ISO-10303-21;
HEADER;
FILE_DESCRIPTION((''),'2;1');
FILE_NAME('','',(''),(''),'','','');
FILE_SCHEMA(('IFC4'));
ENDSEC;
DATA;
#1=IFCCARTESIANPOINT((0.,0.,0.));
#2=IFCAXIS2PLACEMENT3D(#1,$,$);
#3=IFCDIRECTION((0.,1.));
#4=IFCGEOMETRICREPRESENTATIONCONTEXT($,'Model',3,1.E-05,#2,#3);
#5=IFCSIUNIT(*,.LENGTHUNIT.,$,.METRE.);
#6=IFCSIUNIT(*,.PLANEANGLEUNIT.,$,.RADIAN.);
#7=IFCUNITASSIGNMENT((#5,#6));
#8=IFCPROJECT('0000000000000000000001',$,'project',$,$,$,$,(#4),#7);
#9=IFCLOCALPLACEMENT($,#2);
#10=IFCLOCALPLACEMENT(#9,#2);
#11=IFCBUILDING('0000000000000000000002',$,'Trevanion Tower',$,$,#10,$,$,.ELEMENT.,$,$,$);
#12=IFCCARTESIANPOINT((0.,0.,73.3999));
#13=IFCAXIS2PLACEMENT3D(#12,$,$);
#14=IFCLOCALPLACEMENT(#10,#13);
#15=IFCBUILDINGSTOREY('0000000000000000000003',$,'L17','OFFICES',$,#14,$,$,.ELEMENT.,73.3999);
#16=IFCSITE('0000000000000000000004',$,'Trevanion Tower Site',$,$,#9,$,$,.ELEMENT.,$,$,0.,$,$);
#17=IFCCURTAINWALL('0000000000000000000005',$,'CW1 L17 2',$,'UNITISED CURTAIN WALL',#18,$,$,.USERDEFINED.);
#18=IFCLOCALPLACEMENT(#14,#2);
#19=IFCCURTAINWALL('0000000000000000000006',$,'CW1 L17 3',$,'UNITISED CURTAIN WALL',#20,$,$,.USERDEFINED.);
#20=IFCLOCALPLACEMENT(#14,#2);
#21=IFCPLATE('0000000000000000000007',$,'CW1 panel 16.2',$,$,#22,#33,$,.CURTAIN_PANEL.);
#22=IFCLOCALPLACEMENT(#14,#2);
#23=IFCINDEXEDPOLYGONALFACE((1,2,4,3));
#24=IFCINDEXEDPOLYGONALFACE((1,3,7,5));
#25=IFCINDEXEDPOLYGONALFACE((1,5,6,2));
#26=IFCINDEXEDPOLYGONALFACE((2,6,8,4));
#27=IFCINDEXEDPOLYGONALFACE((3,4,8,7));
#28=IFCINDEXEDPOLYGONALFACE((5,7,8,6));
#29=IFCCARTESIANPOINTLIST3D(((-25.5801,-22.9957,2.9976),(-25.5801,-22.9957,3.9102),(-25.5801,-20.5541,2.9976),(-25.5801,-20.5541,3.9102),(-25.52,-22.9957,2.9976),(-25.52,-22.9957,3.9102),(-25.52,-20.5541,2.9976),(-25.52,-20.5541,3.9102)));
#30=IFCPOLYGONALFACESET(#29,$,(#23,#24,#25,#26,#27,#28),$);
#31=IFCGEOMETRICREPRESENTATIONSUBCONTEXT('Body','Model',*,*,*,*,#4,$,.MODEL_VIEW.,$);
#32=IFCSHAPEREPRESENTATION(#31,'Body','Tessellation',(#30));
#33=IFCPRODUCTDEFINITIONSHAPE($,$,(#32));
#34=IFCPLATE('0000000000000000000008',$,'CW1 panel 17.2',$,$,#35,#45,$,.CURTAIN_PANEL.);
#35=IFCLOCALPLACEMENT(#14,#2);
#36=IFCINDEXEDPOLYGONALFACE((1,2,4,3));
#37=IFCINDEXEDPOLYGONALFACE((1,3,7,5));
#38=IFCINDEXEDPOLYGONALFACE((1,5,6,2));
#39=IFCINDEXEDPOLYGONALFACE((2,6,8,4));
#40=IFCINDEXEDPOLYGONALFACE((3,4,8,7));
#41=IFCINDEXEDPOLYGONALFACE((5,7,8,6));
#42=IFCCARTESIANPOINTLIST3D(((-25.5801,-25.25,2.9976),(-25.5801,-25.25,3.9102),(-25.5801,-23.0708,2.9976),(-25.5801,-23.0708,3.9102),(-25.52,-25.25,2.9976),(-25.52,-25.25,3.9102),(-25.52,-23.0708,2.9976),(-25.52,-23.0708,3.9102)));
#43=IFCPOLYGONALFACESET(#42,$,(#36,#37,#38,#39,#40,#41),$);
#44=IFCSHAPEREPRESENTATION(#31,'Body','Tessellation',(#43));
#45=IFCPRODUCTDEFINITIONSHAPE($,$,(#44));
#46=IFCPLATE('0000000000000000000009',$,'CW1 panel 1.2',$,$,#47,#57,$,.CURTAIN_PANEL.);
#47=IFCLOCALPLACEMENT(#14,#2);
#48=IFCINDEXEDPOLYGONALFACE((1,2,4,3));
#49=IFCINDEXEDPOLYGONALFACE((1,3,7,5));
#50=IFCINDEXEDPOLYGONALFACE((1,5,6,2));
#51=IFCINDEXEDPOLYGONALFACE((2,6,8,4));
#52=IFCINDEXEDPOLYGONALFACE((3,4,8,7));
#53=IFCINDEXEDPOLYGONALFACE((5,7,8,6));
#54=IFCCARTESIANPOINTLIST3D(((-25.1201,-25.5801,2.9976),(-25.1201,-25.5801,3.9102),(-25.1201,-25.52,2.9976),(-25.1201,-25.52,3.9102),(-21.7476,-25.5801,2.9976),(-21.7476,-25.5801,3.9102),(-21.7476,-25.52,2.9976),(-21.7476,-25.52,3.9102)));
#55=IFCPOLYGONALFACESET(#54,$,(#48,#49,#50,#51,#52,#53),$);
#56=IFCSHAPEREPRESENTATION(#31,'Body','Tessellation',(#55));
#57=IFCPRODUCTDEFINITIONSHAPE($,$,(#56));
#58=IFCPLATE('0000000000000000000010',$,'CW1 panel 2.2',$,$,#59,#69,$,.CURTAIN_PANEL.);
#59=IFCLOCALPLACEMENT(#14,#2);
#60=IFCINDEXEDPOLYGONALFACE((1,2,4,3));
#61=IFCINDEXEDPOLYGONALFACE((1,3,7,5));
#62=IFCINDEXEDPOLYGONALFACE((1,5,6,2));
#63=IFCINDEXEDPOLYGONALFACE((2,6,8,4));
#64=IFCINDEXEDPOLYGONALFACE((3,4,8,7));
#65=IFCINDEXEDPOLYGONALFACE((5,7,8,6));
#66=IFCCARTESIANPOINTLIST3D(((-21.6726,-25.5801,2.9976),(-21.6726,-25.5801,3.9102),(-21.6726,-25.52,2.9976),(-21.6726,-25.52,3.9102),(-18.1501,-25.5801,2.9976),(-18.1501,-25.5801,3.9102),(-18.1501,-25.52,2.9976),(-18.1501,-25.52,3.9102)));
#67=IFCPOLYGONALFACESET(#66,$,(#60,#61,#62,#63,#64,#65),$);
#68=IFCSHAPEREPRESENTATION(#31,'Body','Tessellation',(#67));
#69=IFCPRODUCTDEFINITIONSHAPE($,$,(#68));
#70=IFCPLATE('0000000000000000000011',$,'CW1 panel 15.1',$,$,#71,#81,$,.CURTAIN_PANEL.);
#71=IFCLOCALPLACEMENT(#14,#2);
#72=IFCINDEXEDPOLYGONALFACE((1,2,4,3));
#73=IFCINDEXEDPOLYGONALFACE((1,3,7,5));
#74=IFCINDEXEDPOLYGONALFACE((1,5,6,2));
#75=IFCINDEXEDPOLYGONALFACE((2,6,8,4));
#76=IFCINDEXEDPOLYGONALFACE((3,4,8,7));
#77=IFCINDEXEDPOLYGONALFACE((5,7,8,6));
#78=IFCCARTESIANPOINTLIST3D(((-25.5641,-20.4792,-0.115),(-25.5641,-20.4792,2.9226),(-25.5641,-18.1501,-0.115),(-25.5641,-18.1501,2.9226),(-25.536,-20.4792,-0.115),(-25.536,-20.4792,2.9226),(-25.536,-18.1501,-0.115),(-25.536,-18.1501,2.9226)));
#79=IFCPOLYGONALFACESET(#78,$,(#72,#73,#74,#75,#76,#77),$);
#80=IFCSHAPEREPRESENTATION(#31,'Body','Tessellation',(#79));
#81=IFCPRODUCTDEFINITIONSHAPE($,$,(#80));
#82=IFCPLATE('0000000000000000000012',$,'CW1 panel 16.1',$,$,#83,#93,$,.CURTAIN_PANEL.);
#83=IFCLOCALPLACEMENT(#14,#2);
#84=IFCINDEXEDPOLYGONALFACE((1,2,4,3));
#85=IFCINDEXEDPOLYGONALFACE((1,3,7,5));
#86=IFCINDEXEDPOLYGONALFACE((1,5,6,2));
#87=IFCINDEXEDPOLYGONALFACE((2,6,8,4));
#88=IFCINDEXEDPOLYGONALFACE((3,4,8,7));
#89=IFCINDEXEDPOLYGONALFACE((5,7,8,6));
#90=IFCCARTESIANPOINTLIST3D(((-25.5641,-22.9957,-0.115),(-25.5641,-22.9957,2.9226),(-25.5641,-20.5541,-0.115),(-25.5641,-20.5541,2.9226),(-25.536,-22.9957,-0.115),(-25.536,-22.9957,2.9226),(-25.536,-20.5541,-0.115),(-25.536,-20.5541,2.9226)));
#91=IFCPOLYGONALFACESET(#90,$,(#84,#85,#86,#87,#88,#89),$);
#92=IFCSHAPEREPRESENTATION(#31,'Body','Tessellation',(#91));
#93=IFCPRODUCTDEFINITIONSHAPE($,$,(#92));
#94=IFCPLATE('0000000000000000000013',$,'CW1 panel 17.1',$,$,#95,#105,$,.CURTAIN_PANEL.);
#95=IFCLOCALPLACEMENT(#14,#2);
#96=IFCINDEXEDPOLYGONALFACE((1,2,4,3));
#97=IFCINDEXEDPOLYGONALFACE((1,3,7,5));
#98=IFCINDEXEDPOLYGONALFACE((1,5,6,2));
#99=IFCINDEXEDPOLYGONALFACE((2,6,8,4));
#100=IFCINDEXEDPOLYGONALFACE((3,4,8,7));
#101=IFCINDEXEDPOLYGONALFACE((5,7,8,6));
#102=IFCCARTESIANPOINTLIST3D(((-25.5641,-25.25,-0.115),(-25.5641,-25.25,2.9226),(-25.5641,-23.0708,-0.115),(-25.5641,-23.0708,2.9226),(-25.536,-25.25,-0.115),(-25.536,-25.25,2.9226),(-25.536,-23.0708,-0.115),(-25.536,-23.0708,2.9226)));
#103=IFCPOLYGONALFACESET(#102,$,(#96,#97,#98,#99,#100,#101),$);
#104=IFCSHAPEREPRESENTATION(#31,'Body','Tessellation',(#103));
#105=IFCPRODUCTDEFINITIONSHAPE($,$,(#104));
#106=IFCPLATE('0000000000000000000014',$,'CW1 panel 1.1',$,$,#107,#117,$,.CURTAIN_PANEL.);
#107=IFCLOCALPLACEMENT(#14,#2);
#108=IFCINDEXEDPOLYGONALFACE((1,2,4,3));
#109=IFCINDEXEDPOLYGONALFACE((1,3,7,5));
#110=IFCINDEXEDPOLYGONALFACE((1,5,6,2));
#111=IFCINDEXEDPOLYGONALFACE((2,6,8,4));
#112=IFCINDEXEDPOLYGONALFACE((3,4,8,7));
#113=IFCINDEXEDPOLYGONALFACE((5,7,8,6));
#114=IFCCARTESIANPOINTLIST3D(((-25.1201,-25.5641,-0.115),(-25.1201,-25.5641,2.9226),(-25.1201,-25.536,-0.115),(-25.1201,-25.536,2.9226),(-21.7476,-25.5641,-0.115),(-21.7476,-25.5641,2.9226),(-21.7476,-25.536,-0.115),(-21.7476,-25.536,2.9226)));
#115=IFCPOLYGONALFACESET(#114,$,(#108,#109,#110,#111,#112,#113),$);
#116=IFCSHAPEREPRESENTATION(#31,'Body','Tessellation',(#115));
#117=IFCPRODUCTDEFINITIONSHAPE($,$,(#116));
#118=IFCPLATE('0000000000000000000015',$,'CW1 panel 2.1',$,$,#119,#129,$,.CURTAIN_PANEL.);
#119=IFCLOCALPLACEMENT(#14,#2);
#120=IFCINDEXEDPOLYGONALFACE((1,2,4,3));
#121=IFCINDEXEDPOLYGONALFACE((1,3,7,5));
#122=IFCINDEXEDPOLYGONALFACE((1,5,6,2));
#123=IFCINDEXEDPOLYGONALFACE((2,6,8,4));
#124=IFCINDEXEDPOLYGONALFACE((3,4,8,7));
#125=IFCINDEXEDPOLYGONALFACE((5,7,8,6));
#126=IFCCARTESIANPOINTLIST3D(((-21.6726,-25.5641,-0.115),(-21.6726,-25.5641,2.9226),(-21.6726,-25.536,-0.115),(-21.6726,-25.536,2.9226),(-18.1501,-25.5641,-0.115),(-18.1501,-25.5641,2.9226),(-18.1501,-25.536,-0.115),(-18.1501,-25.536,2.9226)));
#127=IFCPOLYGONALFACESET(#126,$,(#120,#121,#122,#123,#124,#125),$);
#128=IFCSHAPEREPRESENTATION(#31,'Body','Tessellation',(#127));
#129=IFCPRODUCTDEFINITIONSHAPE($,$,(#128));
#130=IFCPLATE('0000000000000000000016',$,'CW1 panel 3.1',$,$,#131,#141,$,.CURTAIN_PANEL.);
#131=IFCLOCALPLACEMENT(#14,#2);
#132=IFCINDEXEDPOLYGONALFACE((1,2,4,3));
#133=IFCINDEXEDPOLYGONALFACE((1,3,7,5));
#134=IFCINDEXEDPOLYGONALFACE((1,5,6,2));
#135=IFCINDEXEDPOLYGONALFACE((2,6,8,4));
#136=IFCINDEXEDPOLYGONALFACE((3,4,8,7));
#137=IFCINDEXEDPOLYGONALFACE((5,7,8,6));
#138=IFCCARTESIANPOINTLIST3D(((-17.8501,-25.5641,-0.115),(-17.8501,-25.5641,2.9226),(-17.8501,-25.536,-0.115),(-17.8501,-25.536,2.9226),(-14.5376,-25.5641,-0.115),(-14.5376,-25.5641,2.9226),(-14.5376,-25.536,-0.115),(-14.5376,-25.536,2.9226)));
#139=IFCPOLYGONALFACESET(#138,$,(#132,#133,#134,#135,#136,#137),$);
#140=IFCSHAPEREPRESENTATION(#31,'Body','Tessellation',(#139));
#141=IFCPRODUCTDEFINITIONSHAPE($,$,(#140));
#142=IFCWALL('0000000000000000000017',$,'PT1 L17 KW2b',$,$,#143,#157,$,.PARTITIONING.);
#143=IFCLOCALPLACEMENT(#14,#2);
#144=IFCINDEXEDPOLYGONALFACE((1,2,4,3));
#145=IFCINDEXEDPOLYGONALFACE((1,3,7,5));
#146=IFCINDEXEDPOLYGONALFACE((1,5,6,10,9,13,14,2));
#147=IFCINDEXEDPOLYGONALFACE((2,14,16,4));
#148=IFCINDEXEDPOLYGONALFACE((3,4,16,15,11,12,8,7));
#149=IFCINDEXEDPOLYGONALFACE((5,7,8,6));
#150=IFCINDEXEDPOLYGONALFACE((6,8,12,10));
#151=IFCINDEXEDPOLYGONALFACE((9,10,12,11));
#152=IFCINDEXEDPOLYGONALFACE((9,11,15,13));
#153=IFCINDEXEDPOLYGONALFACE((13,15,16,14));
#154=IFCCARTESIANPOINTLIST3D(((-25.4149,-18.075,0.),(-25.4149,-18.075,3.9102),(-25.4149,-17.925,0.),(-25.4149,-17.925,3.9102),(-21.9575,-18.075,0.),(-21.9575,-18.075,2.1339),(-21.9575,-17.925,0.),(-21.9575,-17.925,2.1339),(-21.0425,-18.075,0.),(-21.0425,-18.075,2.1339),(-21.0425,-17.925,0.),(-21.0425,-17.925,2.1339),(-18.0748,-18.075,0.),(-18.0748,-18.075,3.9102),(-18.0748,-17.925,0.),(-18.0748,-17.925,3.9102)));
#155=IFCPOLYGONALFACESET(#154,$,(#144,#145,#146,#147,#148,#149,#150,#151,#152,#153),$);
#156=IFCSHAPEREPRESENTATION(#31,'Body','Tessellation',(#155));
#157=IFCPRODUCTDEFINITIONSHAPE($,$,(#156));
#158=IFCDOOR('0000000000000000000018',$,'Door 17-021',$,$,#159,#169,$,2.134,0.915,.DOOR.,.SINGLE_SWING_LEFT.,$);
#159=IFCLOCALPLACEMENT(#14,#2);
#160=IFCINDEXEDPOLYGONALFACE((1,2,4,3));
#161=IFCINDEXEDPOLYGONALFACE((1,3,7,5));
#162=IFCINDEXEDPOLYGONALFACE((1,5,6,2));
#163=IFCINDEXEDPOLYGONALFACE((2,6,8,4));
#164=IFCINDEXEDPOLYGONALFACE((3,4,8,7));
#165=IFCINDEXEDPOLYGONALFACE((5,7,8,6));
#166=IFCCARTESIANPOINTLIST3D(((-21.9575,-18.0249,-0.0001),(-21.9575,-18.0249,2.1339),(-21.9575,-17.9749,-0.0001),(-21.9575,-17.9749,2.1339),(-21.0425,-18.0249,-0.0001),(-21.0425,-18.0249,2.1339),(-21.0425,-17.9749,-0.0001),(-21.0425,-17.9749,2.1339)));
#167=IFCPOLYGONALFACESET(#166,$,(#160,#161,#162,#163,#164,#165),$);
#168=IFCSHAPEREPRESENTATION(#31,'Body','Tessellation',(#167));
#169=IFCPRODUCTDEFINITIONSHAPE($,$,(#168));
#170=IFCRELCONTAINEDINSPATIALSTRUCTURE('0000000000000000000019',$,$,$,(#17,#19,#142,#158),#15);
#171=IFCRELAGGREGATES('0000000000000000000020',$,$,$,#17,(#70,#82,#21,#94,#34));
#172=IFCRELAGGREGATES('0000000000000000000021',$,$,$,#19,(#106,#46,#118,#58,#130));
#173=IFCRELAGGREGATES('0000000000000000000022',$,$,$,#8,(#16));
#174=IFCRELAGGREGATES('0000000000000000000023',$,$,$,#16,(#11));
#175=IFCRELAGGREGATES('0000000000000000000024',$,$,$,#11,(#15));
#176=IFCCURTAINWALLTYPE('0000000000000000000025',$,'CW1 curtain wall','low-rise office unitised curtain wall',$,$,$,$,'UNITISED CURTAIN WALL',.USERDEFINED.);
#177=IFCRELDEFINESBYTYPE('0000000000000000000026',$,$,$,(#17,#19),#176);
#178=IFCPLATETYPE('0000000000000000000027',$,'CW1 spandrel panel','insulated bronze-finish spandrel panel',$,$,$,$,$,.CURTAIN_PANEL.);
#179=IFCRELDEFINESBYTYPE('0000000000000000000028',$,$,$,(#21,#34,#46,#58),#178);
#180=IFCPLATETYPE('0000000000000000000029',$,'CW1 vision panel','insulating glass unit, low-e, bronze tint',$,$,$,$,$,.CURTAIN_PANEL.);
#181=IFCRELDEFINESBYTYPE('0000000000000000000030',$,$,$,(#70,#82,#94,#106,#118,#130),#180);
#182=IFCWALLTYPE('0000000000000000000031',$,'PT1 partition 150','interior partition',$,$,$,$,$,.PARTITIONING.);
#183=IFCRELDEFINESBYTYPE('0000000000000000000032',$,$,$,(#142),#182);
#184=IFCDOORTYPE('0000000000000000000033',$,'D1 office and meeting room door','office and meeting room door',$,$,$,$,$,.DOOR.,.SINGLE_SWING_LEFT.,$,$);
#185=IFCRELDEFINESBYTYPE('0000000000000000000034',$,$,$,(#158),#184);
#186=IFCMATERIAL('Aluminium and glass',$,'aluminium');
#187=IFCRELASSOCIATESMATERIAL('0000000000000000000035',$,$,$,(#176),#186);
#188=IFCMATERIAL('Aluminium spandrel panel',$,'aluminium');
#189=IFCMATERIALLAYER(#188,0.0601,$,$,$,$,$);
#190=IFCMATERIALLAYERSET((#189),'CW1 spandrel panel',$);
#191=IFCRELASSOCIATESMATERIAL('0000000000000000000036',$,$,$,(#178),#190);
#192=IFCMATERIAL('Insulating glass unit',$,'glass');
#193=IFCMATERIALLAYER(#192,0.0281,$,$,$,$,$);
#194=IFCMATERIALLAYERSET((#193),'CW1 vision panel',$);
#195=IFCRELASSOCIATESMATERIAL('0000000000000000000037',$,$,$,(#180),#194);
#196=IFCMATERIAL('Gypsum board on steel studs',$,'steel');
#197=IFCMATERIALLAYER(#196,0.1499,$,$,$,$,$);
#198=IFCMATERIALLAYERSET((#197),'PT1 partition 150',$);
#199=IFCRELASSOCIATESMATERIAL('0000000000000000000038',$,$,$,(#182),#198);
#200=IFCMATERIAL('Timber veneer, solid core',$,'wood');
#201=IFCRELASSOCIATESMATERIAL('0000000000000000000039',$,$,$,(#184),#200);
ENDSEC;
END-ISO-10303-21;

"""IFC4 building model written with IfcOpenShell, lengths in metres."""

from ifc_helpers import new_model, si_unit, direction, frame, frame_2d, origin, origin_2d, place, context, subcontext, project, spatial, rectangle, extrude, material, layer, layer_set, type_object, element, fill, aggregate, save


model = new_model("IFC4")

# Units and contexts
model_context = context("Model", 3, precision=1e-05, world=origin(), true_north=direction((0.0, 1.0)))
body_context = subcontext(model_context, "Body", "Model", "MODEL_VIEW")
ifc_project = project(units=[si_unit("LENGTHUNIT", "METRE"), si_unit("PLANEANGLEUNIT", "RADIAN")], contexts=[model_context])

# Site, building, storey
site_placement = place(None, origin())
site = spatial("IfcSite", under=ifc_project, at=site_placement, Name="Trevanion Tower Site", CompositionType="ELEMENT", RefElevation=0.0)
building_placement = place(site_placement, origin())
building = spatial("IfcBuilding", under=site, at=building_placement, Name="Trevanion Tower", CompositionType="ELEMENT")
storey_placement = place(building_placement, frame((0.0, 0.0, 73.3999)))
storey = spatial("IfcBuildingStorey", under=building, at=storey_placement, Name="L17", Description="OFFICES", CompositionType="ELEMENT", Elevation=73.3999)

# Curtain wall
ifc_material_1 = material(Name="Aluminium and glass", Category="aluminium")
curtain_wall_type = type_object("IfcCurtainWallType", Name="CW1 curtain wall", Description="low-rise office unitised curtain wall", ElementType="UNITISED CURTAIN WALL", PredefinedType="USERDEFINED", material=ifc_material_1)
curtain_wall_1_placement = place(storey_placement, origin())
curtain_wall_1 = element("IfcCurtainWall", 1, at=curtain_wall_1_placement, inside=storey, type_object=curtain_wall_type, Name="CW1 L17 2", ObjectType="UNITISED CURTAIN WALL", PredefinedType="USERDEFINED")

# Curtain wall
curtain_wall_2_placement = place(storey_placement, origin())
curtain_wall_2 = element("IfcCurtainWall", 2, at=curtain_wall_2_placement, inside=storey, type_object=curtain_wall_type, Name="CW1 L17 3", ObjectType="UNITISED CURTAIN WALL", PredefinedType="USERDEFINED")

# Plates
ifc_material_2 = material(Name="Aluminium spandrel panel", Category="aluminium")
ifc_layer_1 = layer(ifc_material_2, 0.0601)
ifc_layer_set_1 = layer_set([ifc_layer_1], Name="CW1 spandrel panel")
plate_type_1 = type_object("IfcPlateType", Name="CW1 spandrel panel", Description="insulated bronze-finish spandrel panel", PredefinedType="CURTAIN_PANEL", material=ifc_layer_set_1)
plate_1_placement = place(storey_placement, frame((-25.55, -21.7749, 2.9976), z_axis=(0.0, 0.0, 1.0), x_axis=(0.0, -1.0, 0.0)))
plate_1 = element("IfcPlate", 3, at=plate_1_placement, type_object=plate_type_1, Name="CW1 panel 16.2", PredefinedType="CURTAIN_PANEL", context=body_context, shape_type="SweptSolid", body=[
    extrude(rectangle(XDim=2.4417, YDim=0.0601, at=origin_2d()), origin(), (0.0, 0.0, 1.0), 0.9126),
])
plate_2_placement = place(storey_placement, frame((-25.55, -24.1604, 2.9976), z_axis=(0.0, 0.0, 1.0), x_axis=(0.0, -1.0, 0.0)))
plate_2 = element("IfcPlate", 4, at=plate_2_placement, type_object=plate_type_1, Name="CW1 panel 17.2", PredefinedType="CURTAIN_PANEL", context=body_context, shape_type="SweptSolid", body=[
    extrude(rectangle(XDim=2.1792, YDim=0.0601, at=origin_2d()), origin(), (0.0, 0.0, 1.0), 0.9126),
])
plate_3_placement = place(storey_placement, frame((-23.4338, -25.55, 2.9976), z_axis=(0.0, 0.0, 1.0), x_axis=(1.0, 0.0, 0.0)))
plate_3 = element("IfcPlate", 5, at=plate_3_placement, type_object=plate_type_1, Name="CW1 panel 1.2", PredefinedType="CURTAIN_PANEL", context=body_context, shape_type="SweptSolid", body=[
    extrude(rectangle(XDim=3.3726, YDim=0.0601, at=origin_2d()), origin(), (0.0, 0.0, 1.0), 0.9126),
])
plate_4_placement = place(storey_placement, frame((-19.9114, -25.55, 2.9976), z_axis=(0.0, 0.0, 1.0), x_axis=(1.0, 0.0, 0.0)))
plate_4 = element("IfcPlate", 6, at=plate_4_placement, type_object=plate_type_1, Name="CW1 panel 2.2", PredefinedType="CURTAIN_PANEL", context=body_context, shape_type="SweptSolid", body=[
    extrude(rectangle(XDim=3.5225, YDim=0.0601, at=origin_2d()), origin(), (0.0, 0.0, 1.0), 0.9126),
])
ifc_material_3 = material(Name="Insulating glass unit", Category="glass")
ifc_layer_2 = layer(ifc_material_3, 0.0281)
ifc_layer_set_2 = layer_set([ifc_layer_2], Name="CW1 vision panel")
plate_type_2 = type_object("IfcPlateType", Name="CW1 vision panel", Description="insulating glass unit, low-e, bronze tint", PredefinedType="CURTAIN_PANEL", material=ifc_layer_set_2)
plate_5_placement = place(storey_placement, frame((-25.55, -19.3147, -0.115), z_axis=(0.0, 0.0, 1.0), x_axis=(0.0, -1.0, 0.0)))
plate_5 = element("IfcPlate", 7, at=plate_5_placement, type_object=plate_type_2, Name="CW1 panel 15.1", PredefinedType="CURTAIN_PANEL", context=body_context, shape_type="SweptSolid", body=[
    extrude(rectangle(XDim=2.3291, YDim=0.0281, at=origin_2d()), origin(), (0.0, 0.0, 1.0), 3.0376),
])
plate_6_placement = place(storey_placement, frame((-25.55, -21.7749, -0.115), z_axis=(0.0, 0.0, 1.0), x_axis=(0.0, -1.0, 0.0)))
plate_6 = element("IfcPlate", 8, at=plate_6_placement, type_object=plate_type_2, Name="CW1 panel 16.1", PredefinedType="CURTAIN_PANEL", context=body_context, shape_type="SweptSolid", body=[
    extrude(rectangle(XDim=2.4417, YDim=0.0281, at=origin_2d()), origin(), (0.0, 0.0, 1.0), 3.0376),
])
plate_7_placement = place(storey_placement, frame((-25.55, -24.1604, -0.115), z_axis=(0.0, 0.0, 1.0), x_axis=(0.0, -1.0, 0.0)))
plate_7 = element("IfcPlate", 9, at=plate_7_placement, type_object=plate_type_2, Name="CW1 panel 17.1", PredefinedType="CURTAIN_PANEL", context=body_context, shape_type="SweptSolid", body=[
    extrude(rectangle(XDim=2.1792, YDim=0.0281, at=origin_2d()), origin(), (0.0, 0.0, 1.0), 3.0376),
])
aggregate(curtain_wall_1, [plate_5, plate_6, plate_1, plate_7, plate_2])
plate_8_placement = place(storey_placement, frame((-23.4338, -25.55, -0.115), z_axis=(0.0, 0.0, 1.0), x_axis=(1.0, 0.0, 0.0)))
plate_8 = element("IfcPlate", 10, at=plate_8_placement, type_object=plate_type_2, Name="CW1 panel 1.1", PredefinedType="CURTAIN_PANEL", context=body_context, shape_type="SweptSolid", body=[
    extrude(rectangle(XDim=3.3726, YDim=0.0281, at=origin_2d()), origin(), (0.0, 0.0, 1.0), 3.0376),
])
plate_9_placement = place(storey_placement, frame((-19.9114, -25.55, -0.115), z_axis=(0.0, 0.0, 1.0), x_axis=(1.0, 0.0, 0.0)))
plate_9 = element("IfcPlate", 11, at=plate_9_placement, type_object=plate_type_2, Name="CW1 panel 2.1", PredefinedType="CURTAIN_PANEL", context=body_context, shape_type="SweptSolid", body=[
    extrude(rectangle(XDim=3.5225, YDim=0.0281, at=origin_2d()), origin(), (0.0, 0.0, 1.0), 3.0376),
])
plate_10_placement = place(storey_placement, frame((-16.1938, -25.55, -0.115), z_axis=(0.0, 0.0, 1.0), x_axis=(1.0, 0.0, 0.0)))
plate_10 = element("IfcPlate", 12, at=plate_10_placement, type_object=plate_type_2, Name="CW1 panel 3.1", PredefinedType="CURTAIN_PANEL", context=body_context, shape_type="SweptSolid", body=[
    extrude(rectangle(XDim=3.3125, YDim=0.0281, at=origin_2d()), origin(), (0.0, 0.0, 1.0), 3.0376),
])
aggregate(curtain_wall_2, [plate_8, plate_3, plate_9, plate_4, plate_10])

# Wall, opening, door
ifc_material_4 = material(Name="Gypsum board on steel studs", Category="steel")
ifc_layer_3 = layer(ifc_material_4, 0.1499)
ifc_layer_set_3 = layer_set([ifc_layer_3], Name="PT1 partition 150")
wall_type = type_object("IfcWallType", Name="PT1 partition 150", Description="interior partition", PredefinedType="PARTITIONING", material=ifc_layer_set_3)
wall_placement = place(storey_placement, frame((-18.075, -18.0, 0.0), z_axis=(0.0, 0.0, 1.0), x_axis=(-1.0, 0.0, 0.0)))
wall = element("IfcWall", 13, at=wall_placement, inside=storey, type_object=wall_type, Name="PT1 L17 KW2b", PredefinedType="PARTITIONING", context=body_context, shape_type="SweptSolid", body=[
    extrude(rectangle(XDim=7.3401, YDim=0.1499, at=frame_2d((3.6699, 0.0))), origin(), (0.0, 0.0, 1.0), 3.9102),
])
opening_placement = place(wall_placement, frame((2.9675, 0.0, 0.0)))
opening = element("IfcOpeningElement", 14, at=opening_placement, cuts=wall, PredefinedType="OPENING", context=body_context, shape_type="SweptSolid", body=[
    extrude(rectangle(XDim=0.915, YDim=2.134, at=frame_2d((0.4575, 1.0669))), frame((0.0, 0.085, 0.0), z_axis=(0.0, -1.0, 0.0), x_axis=(1.0, 0.0, 0.0)), (0.0, 0.0, 1.0), 0.1699),
])
ifc_material_5 = material(Name="Timber veneer, solid core", Category="wood")
door_type = type_object("IfcDoorType", Name="D1 office and meeting room door", Description="office and meeting room door", OperationType="SINGLE_SWING_LEFT", PredefinedType="DOOR", material=ifc_material_5)
door_placement = place(opening_placement, origin())
door = element("IfcDoor", 15, at=door_placement, inside=storey, type_object=door_type, Name="Door 17-021", OperationType="SINGLE_SWING_LEFT", OverallHeight=2.134, OverallWidth=0.915, PredefinedType="DOOR", context=body_context, shape_type="SweptSolid", body=[
    extrude(rectangle(XDim=0.915, YDim=2.134, at=frame_2d((0.4575, 1.0669))), frame((0.0, 0.0249, 0.0), z_axis=(0.0, -1.0, 0.0), x_axis=(1.0, 0.0, 0.0)), (0.0, 0.0, 1.0), 0.05),
])
fill(opening, door)

save(model, "model.ifc")
